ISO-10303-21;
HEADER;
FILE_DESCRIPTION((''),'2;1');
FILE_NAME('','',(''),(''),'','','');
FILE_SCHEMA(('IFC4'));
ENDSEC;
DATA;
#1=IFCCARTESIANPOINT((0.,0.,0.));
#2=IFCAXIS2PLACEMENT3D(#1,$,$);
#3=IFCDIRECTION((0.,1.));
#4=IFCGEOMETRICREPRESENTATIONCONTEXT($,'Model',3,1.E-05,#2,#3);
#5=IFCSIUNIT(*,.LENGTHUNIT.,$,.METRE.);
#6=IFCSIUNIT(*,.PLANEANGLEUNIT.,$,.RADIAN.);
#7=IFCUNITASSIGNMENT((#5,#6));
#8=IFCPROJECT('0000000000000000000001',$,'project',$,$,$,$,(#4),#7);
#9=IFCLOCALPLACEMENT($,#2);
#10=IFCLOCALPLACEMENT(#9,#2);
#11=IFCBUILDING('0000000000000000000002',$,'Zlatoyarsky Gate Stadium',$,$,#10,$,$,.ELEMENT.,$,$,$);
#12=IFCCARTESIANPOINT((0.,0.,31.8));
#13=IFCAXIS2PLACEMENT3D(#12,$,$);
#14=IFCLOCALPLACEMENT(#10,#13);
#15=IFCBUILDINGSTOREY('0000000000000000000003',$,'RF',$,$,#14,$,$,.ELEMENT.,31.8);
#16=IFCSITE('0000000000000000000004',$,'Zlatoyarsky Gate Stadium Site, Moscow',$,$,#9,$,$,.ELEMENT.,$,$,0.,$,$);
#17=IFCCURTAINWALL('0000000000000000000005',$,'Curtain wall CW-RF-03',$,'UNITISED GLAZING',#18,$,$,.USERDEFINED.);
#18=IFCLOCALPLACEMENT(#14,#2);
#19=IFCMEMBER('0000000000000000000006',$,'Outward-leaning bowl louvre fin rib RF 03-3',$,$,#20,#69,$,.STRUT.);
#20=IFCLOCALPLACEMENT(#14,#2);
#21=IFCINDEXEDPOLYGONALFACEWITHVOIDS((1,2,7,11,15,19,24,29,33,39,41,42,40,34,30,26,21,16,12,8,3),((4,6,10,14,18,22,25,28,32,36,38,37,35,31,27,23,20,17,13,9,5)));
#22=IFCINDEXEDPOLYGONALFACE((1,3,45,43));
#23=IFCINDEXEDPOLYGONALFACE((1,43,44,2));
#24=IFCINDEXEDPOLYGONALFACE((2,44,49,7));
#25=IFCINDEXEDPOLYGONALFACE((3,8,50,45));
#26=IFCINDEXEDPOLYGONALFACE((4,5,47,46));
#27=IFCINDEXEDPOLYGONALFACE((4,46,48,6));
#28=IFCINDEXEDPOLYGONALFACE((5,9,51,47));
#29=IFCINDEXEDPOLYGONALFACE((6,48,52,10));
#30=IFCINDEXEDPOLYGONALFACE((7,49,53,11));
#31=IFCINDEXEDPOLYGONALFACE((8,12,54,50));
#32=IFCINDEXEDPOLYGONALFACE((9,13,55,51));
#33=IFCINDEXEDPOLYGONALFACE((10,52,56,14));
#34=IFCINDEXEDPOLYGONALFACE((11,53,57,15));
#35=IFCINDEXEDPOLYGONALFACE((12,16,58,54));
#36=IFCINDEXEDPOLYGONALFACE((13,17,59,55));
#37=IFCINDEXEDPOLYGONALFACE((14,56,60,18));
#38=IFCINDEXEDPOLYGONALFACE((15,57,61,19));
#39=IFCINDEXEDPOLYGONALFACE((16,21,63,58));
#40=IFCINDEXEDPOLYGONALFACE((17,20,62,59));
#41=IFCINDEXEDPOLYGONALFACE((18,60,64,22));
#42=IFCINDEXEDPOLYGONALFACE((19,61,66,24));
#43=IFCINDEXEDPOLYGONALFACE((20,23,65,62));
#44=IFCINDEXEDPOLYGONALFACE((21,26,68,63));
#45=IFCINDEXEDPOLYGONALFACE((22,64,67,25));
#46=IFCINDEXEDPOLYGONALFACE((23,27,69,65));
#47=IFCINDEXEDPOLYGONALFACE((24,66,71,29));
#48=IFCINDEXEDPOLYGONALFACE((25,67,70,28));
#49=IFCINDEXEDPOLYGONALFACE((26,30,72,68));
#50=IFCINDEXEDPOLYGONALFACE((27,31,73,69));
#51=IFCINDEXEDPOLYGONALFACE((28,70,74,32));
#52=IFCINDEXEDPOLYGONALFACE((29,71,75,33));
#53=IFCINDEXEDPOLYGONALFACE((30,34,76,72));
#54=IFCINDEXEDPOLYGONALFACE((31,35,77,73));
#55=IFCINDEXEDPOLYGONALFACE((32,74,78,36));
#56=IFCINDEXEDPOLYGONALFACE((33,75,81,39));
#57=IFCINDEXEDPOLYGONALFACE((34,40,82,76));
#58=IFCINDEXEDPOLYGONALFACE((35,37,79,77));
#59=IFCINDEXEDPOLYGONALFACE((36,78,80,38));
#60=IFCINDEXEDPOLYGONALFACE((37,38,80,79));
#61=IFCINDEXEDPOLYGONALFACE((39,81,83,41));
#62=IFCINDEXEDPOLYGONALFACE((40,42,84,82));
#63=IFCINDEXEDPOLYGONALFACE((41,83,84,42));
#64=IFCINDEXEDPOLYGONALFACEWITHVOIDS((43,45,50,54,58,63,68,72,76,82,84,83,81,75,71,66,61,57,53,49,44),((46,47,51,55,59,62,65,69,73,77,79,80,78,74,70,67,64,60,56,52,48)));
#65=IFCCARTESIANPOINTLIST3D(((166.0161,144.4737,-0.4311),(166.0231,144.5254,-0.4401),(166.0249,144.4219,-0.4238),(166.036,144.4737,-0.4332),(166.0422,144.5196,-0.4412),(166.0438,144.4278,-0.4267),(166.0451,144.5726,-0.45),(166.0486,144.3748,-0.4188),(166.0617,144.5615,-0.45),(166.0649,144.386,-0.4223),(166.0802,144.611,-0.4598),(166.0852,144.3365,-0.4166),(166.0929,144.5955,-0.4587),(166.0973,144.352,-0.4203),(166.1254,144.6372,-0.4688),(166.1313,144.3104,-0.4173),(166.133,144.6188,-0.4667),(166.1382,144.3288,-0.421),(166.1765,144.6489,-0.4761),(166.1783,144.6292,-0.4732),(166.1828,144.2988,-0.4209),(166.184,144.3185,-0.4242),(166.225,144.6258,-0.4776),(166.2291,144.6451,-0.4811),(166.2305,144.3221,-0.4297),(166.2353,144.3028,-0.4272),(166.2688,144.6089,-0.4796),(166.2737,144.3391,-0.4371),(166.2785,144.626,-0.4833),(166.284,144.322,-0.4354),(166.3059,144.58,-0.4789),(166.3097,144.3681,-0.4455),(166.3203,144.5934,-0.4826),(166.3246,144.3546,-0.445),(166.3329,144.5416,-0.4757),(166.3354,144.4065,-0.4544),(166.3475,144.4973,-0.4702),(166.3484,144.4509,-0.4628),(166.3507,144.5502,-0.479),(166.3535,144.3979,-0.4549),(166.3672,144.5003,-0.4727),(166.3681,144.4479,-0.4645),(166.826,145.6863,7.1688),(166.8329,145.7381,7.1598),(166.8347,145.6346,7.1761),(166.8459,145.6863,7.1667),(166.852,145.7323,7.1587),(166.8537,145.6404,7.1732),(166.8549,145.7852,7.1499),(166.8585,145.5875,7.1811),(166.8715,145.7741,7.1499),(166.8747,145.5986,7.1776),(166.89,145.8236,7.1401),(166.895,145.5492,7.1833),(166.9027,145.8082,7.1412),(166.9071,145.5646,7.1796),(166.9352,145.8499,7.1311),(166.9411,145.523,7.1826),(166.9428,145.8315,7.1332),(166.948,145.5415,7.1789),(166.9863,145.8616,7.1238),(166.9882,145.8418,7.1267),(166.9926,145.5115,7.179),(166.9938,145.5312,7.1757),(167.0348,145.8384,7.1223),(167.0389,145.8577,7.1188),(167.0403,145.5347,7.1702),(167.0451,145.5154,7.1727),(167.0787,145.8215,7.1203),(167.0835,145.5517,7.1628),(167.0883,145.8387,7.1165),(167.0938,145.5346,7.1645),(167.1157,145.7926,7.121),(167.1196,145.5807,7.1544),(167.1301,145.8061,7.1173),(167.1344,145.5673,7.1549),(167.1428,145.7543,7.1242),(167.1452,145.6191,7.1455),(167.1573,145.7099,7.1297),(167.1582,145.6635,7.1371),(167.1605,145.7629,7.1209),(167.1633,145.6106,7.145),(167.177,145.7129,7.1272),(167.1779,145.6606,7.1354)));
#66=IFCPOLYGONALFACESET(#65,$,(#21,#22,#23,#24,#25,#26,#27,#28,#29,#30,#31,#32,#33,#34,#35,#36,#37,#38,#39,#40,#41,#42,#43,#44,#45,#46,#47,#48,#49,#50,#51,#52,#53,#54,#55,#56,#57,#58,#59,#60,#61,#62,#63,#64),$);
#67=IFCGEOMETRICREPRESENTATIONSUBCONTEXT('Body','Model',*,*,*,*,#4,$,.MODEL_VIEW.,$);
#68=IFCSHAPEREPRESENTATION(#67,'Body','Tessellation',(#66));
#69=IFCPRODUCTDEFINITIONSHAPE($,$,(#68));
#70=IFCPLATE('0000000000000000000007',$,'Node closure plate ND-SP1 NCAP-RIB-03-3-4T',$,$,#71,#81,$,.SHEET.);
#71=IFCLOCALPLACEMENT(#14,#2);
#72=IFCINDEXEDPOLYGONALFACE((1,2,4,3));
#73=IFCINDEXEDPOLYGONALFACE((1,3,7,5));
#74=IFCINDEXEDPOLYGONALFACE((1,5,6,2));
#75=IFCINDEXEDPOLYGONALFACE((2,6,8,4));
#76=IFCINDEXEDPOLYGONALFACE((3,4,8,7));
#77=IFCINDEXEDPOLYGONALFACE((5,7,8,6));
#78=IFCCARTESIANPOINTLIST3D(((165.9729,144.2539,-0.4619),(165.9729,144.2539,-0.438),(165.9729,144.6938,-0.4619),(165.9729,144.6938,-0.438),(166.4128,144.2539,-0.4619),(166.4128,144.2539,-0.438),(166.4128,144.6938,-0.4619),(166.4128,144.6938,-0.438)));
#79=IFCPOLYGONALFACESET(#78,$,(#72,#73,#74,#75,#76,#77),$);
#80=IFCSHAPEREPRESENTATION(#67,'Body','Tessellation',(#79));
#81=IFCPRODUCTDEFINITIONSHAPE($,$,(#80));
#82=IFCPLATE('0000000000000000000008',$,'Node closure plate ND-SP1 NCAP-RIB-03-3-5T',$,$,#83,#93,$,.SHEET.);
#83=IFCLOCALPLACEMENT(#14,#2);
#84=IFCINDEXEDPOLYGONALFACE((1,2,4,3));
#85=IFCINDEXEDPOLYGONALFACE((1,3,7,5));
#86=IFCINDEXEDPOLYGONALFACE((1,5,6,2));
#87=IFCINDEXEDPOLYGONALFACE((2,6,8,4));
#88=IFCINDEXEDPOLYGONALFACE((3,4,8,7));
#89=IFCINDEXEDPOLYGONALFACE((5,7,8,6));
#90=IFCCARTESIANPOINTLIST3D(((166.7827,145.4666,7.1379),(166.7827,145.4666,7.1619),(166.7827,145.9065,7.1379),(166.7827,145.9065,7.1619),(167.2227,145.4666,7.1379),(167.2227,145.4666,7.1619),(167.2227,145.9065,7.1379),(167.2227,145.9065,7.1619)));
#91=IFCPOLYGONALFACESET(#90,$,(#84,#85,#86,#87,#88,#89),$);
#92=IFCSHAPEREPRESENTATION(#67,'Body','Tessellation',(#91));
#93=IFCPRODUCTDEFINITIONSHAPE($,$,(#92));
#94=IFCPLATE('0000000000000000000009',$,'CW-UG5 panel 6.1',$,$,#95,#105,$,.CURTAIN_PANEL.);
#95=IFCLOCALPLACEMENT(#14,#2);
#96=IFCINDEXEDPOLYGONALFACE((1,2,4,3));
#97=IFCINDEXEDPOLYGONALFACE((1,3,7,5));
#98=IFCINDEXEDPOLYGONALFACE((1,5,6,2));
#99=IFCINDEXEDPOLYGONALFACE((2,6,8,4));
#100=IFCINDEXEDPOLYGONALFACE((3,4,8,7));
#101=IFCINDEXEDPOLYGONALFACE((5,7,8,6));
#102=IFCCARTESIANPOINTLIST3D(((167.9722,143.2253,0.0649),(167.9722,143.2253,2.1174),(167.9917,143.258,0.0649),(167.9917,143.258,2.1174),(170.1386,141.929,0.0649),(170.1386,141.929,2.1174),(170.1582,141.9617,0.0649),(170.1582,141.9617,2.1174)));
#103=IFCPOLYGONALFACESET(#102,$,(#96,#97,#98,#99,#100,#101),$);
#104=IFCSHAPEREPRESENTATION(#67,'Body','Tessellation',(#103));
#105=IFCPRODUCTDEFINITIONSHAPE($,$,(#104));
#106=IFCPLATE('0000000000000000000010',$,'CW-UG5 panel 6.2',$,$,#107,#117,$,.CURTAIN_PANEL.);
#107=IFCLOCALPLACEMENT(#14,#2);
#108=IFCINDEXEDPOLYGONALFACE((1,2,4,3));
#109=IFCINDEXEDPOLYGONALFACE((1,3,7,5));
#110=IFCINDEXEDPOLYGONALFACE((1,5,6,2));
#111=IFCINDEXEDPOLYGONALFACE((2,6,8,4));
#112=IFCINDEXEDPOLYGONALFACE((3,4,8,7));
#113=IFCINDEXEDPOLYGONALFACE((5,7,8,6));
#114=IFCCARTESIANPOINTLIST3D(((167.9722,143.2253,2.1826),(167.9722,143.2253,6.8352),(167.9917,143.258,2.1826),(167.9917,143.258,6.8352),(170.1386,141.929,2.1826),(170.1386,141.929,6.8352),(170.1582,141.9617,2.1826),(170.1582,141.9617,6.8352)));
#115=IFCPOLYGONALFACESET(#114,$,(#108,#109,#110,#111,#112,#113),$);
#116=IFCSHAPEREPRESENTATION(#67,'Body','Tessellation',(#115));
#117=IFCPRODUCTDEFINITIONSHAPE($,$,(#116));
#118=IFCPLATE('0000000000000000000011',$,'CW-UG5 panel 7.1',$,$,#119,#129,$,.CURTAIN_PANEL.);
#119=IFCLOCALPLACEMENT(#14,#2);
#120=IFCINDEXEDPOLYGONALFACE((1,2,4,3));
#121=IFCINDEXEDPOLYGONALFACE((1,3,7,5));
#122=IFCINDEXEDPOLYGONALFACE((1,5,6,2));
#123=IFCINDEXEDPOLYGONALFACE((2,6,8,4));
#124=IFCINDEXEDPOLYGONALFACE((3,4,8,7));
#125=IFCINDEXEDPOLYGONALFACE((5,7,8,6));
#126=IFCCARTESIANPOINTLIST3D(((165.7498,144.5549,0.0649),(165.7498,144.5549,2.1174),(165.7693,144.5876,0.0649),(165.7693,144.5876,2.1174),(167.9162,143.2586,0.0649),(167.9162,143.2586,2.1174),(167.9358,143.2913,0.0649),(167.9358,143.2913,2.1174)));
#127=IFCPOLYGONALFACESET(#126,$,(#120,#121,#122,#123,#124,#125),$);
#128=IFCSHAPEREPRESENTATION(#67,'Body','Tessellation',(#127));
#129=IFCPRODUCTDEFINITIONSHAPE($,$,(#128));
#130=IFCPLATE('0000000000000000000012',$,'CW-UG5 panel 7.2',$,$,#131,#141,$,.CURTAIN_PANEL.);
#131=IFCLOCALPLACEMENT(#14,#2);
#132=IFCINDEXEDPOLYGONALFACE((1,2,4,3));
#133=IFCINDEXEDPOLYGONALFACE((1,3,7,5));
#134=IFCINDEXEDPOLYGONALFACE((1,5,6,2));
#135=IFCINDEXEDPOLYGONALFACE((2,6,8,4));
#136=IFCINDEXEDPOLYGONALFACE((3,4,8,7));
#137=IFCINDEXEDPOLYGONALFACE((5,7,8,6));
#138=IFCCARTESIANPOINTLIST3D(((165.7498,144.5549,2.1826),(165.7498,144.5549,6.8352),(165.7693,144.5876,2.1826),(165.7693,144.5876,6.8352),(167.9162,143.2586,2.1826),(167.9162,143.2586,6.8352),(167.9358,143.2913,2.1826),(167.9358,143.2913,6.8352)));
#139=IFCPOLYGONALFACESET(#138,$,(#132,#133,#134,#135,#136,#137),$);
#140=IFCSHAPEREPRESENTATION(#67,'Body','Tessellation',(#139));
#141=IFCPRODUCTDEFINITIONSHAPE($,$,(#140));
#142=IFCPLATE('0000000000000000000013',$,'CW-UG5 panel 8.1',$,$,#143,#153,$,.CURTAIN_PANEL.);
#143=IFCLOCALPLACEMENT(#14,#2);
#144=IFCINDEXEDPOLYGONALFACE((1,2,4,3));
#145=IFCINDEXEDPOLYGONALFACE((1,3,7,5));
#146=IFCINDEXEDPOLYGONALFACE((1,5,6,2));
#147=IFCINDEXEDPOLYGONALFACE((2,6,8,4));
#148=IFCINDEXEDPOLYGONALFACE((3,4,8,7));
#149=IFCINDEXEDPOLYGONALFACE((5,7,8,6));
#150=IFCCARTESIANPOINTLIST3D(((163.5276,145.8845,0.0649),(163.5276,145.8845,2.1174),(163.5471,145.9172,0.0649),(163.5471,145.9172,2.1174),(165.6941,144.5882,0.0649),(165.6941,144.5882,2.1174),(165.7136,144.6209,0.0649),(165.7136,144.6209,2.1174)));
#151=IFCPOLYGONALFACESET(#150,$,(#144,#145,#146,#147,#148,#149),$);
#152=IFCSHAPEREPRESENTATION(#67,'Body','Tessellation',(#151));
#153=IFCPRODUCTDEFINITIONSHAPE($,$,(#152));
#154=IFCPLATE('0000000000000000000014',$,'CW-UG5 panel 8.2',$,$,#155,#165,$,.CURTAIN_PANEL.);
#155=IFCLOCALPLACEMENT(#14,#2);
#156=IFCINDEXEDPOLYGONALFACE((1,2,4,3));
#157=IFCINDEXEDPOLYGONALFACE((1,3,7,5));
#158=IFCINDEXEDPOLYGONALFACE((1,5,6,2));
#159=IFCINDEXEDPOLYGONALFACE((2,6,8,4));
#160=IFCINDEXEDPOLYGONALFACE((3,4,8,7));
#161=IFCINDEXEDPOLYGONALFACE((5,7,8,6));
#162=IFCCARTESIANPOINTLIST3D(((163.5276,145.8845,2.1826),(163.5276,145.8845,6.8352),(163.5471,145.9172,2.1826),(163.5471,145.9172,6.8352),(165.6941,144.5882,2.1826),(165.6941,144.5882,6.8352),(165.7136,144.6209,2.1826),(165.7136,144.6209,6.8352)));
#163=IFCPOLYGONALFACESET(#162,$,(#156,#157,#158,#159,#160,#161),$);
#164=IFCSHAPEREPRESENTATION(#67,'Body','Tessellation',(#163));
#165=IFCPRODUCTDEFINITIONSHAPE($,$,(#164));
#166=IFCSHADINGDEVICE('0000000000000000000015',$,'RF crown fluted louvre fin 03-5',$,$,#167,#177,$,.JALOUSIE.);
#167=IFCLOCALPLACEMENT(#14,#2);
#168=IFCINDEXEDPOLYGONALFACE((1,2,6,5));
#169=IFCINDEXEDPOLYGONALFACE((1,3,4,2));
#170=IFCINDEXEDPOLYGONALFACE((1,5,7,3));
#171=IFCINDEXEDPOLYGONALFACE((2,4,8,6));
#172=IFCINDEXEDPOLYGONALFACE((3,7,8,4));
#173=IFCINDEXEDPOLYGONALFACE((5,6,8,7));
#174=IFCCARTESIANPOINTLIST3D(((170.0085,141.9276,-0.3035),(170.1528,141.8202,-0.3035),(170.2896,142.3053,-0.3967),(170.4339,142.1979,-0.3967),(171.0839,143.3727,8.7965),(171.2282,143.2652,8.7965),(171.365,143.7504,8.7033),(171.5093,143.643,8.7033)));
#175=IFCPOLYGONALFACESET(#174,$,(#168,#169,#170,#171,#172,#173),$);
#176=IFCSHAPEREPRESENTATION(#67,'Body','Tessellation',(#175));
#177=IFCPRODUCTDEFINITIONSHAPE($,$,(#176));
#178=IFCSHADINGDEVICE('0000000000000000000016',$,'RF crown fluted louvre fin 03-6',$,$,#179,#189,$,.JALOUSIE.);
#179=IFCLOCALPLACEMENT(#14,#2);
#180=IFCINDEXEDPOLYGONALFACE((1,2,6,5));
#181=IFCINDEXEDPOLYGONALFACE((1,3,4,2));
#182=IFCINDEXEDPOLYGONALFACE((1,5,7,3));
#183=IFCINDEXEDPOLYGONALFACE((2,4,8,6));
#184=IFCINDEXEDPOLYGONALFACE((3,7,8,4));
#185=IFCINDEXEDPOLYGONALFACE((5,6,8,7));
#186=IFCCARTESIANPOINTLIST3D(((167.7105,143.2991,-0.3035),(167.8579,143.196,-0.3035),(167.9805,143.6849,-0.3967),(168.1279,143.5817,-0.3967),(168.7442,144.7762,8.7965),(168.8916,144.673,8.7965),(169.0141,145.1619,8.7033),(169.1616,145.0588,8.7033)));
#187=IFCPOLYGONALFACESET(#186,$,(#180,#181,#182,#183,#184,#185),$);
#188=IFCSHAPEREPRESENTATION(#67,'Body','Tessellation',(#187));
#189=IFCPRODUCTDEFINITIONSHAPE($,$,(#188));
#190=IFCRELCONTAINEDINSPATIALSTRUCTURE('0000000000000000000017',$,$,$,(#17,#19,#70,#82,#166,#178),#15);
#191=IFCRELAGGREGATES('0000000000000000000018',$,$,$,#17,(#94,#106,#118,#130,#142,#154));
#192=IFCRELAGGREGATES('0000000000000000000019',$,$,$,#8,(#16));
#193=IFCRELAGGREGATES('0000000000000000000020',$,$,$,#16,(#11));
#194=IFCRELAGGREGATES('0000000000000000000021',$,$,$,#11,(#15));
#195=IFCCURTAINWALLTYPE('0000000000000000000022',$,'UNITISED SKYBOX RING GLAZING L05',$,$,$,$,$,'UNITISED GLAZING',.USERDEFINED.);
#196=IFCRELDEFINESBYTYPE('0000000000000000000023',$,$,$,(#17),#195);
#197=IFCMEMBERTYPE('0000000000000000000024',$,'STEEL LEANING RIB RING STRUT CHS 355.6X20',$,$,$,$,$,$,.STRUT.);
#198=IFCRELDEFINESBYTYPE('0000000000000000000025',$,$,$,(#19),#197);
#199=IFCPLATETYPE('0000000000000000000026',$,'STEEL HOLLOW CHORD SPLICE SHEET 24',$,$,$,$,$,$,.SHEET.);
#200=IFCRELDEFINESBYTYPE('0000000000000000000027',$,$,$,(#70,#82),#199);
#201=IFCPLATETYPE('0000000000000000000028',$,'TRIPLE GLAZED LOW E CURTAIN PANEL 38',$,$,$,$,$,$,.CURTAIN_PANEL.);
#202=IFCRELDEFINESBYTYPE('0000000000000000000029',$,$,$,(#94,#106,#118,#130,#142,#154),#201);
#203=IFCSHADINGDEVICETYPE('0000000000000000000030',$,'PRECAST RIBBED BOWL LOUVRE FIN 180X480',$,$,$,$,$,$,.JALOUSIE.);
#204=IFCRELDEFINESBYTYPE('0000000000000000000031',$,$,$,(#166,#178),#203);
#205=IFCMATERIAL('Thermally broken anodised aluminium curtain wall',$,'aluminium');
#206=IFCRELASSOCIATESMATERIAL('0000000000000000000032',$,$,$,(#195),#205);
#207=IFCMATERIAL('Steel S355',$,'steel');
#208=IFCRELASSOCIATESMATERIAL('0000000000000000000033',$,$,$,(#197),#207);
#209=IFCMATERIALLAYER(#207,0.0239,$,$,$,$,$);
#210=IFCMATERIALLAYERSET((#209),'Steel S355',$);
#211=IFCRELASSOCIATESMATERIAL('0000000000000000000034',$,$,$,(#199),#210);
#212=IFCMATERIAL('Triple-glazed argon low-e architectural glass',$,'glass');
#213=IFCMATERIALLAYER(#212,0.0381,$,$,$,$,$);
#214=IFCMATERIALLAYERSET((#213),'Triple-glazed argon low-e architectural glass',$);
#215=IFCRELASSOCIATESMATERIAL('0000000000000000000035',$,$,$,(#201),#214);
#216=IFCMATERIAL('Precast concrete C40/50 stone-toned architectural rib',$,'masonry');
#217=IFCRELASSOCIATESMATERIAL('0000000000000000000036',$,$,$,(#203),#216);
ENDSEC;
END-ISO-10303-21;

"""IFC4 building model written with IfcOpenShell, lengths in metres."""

from ifc_helpers import new_model, si_unit, direction, frame, origin, origin_2d, place, context, subcontext, project, spatial, rectangle, hollow_circle, extrude, material, layer, layer_set, material_profile, profile_set, type_object, element, aggregate, save


model = new_model("IFC4")

# Units and contexts
model_context = context("Model", 3, precision=1e-05, world=origin(), true_north=direction((0.0, 1.0)))
body_context = subcontext(model_context, "Body", "Model", "MODEL_VIEW")
ifc_project = project(units=[si_unit("LENGTHUNIT", "METRE"), si_unit("PLANEANGLEUNIT", "RADIAN")], contexts=[model_context])

# Site, building, storey
site_placement = place(None, origin())
site = spatial("IfcSite", under=ifc_project, at=site_placement, Name="Zlatoyarsky Gate Stadium Site, Moscow", CompositionType="ELEMENT", RefElevation=0.0)
building_placement = place(site_placement, origin())
building = spatial("IfcBuilding", under=site, at=building_placement, Name="Zlatoyarsky Gate Stadium", CompositionType="ELEMENT")
storey_placement = place(building_placement, frame((0.0, 0.0, 31.8)))
storey = spatial("IfcBuildingStorey", under=building, at=storey_placement, Name="RF", CompositionType="ELEMENT", Elevation=31.8)

# Curtain wall
ifc_material_1 = material(Name="Thermally broken anodised aluminium curtain wall", Category="aluminium")
curtain_wall_type = type_object("IfcCurtainWallType", Name="UNITISED SKYBOX RING GLAZING L05", ElementType="UNITISED GLAZING", PredefinedType="USERDEFINED", material=ifc_material_1)
curtain_wall_placement = place(storey_placement, origin())
curtain_wall = element("IfcCurtainWall", 1, at=curtain_wall_placement, inside=storey, type_object=curtain_wall_type, Name="Curtain wall CW-RF-03", ObjectType="UNITISED GLAZING", PredefinedType="USERDEFINED")

# Member
ifc_material_2 = material(Name="Steel S355", Category="steel")
ifc_material_profile_1 = material_profile(ifc_material_2, hollow_circle(Radius=0.1777, WallThickness=0.02, at=origin_2d()), Name="CHS 355.6X20")
ifc_profile_set_1 = profile_set([ifc_material_profile_1], Name="Steel S355")
member_type_1 = type_object("IfcMemberType", Name="STEEL LEANING RIB RING STRUT CHS 355.6X20", PredefinedType="STRUT", material=ifc_profile_set_1)
member_1_placement = place(storey_placement, frame((166.1929, 144.4739, -0.45), z_axis=(0.104648, 0.156703, 0.982086), x_axis=(-0.831612, 0.555357, 0.0)))
element("IfcMember", 2, at=member_1_placement, inside=storey, type_object=member_type_1, Name="Outward-leaning bowl louvre fin rib RF 03-3", PredefinedType="STRUT", context=body_context, shape_type="SweptSolid", body=[
    extrude(hollow_circle(Radius=0.1777, WallThickness=0.02, at=origin_2d()), origin(), (0.0, 0.0, 1.0), 7.7385),
])

# Plates
ifc_layer_1 = layer(ifc_material_2, 0.0239)
ifc_layer_set_1 = layer_set([ifc_layer_1], Name="Steel S355")
plate_type_1 = type_object("IfcPlateType", Name="STEEL HOLLOW CHORD SPLICE SHEET 24", PredefinedType="SHEET", material=ifc_layer_set_1)
for number, where, z_axis, x_axis, name in (
    (3, (166.1929, 144.4739, -0.4619), (0.0, 0.0, 1.0), (1.0, 0.0, 0.0), "Node closure plate ND-SP1 NCAP-RIB-03-3-4T"),
    (4, (167.0027, 145.6865, 7.1379), (0.0, 0.0, 1.0), (1.0, 0.0, 0.0), "Node closure plate ND-SP1 NCAP-RIB-03-3-5T"),
):
    element("IfcPlate", number, at=place(storey_placement, frame(where, z_axis=z_axis, x_axis=x_axis)), inside=storey, type_object=plate_type_1, Name=name, PredefinedType="SHEET", context=body_context, shape_type="SweptSolid", body=[
        extrude(rectangle(XDim=0.4399, YDim=0.4399, at=origin_2d()), origin(), (0.0, 0.0, 1.0), 0.0239),
    ])

# Plates
ifc_material_3 = material(Name="Triple-glazed argon low-e architectural glass", Category="glass")
ifc_layer_2 = layer(ifc_material_3, 0.0381)
ifc_layer_set_2 = layer_set([ifc_layer_2], Name="Triple-glazed argon low-e architectural glass")
plate_type_2 = type_object("IfcPlateType", Name="TRIPLE GLAZED LOW E CURTAIN PANEL 38", PredefinedType="CURTAIN_PANEL", material=ifc_layer_set_2)
plate_1_placement = place(storey_placement, frame((169.0652, 142.5935, 0.0649), z_axis=(0.0, 0.0, 1.0), x_axis=(-0.858128, 0.513436, 0.0)))
plate_1 = element("IfcPlate", 5, at=plate_1_placement, type_object=plate_type_2, Name="CW-UG5 panel 6.1", PredefinedType="CURTAIN_PANEL", context=body_context, shape_type="SweptSolid", body=[
    extrude(rectangle(XDim=2.5247, YDim=0.0381, at=origin_2d()), origin(), (0.0, 0.0, 1.0), 2.0525),
])
plate_2_placement = place(storey_placement, frame((169.0652, 142.5935, 2.1826), z_axis=(0.0, 0.0, 1.0), x_axis=(-0.858128, 0.513436, 0.0)))
plate_2 = element("IfcPlate", 6, at=plate_2_placement, type_object=plate_type_2, Name="CW-UG5 panel 6.2", PredefinedType="CURTAIN_PANEL", context=body_context, shape_type="SweptSolid", body=[
    extrude(rectangle(XDim=2.5247, YDim=0.0381, at=origin_2d()), origin(), (0.0, 0.0, 1.0), 4.6526),
])
plate_3_placement = place(storey_placement, frame((166.8428, 143.9231, 0.0649), z_axis=(0.0, 0.0, 1.0), x_axis=(-0.858128, 0.513436, 0.0)))
plate_3 = element("IfcPlate", 7, at=plate_3_placement, type_object=plate_type_2, Name="CW-UG5 panel 7.1", PredefinedType="CURTAIN_PANEL", context=body_context, shape_type="SweptSolid", body=[
    extrude(rectangle(XDim=2.5247, YDim=0.0381, at=origin_2d()), origin(), (0.0, 0.0, 1.0), 2.0525),
])
plate_4_placement = place(storey_placement, frame((166.8428, 143.9231, 2.1826), z_axis=(0.0, 0.0, 1.0), x_axis=(-0.858128, 0.513436, 0.0)))
plate_4 = element("IfcPlate", 8, at=plate_4_placement, type_object=plate_type_2, Name="CW-UG5 panel 7.2", PredefinedType="CURTAIN_PANEL", context=body_context, shape_type="SweptSolid", body=[
    extrude(rectangle(XDim=2.5247, YDim=0.0381, at=origin_2d()), origin(), (0.0, 0.0, 1.0), 4.6526),
])
plate_5_placement = place(storey_placement, frame((164.6206, 145.2527, 0.0649), z_axis=(0.0, 0.0, 1.0), x_axis=(-0.858128, 0.513436, 0.0)))
plate_5 = element("IfcPlate", 9, at=plate_5_placement, type_object=plate_type_2, Name="CW-UG5 panel 8.1", PredefinedType="CURTAIN_PANEL", context=body_context, shape_type="SweptSolid", body=[
    extrude(rectangle(XDim=2.5247, YDim=0.0381, at=origin_2d()), origin(), (0.0, 0.0, 1.0), 2.0525),
])
plate_6_placement = place(storey_placement, frame((164.6206, 145.2527, 2.1826), z_axis=(0.0, 0.0, 1.0), x_axis=(-0.858128, 0.513436, 0.0)))
plate_6 = element("IfcPlate", 10, at=plate_6_placement, type_object=plate_type_2, Name="CW-UG5 panel 8.2", PredefinedType="CURTAIN_PANEL", context=body_context, shape_type="SweptSolid", body=[
    extrude(rectangle(XDim=2.5247, YDim=0.0381, at=origin_2d()), origin(), (0.0, 0.0, 1.0), 4.6526),
])
aggregate(curtain_wall, [plate_1, plate_2, plate_3, plate_4, plate_5, plate_6])

# Shading devices
ifc_material_4 = material(Name="Precast concrete C40/50 stone-toned architectural rib", Category="masonry")
ifc_material_profile_2 = material_profile(ifc_material_4, rectangle(XDim=0.1799, YDim=0.48, at=origin_2d()), Name="RIB 180X480")
ifc_profile_set_2 = profile_set([ifc_material_profile_2], Name="Precast concrete C40/50 stone-toned architectural rib")
shading_device_type = type_object("IfcShadingDeviceType", Name="PRECAST RIBBED BOWL LOUVRE FIN 180X480", PredefinedType="JALOUSIE", material=ifc_profile_set_2)
shading_device_1_placement = place(storey_placement, frame((170.2212, 142.0627, -0.3501), z_axis=(0.115929, 0.155775, 0.980966), x_axis=(-0.802223, 0.597025, 0.0)))
element("IfcShadingDevice", 11, at=shading_device_1_placement, inside=storey, type_object=shading_device_type, Name="RF crown fluted louvre fin 03-5", PredefinedType="JALOUSIE", context=body_context, shape_type="SweptSolid", body=[
    extrude(rectangle(XDim=0.1799, YDim=0.48, at=origin_2d()), origin(), (0.0, 0.0, 1.0), 9.2766),
])
shading_device_2_placement = place(storey_placement, frame((167.9192, 143.4404, -0.3501), z_axis=(0.111426, 0.159217, 0.980935), x_axis=(-0.819296, 0.573371, 0.0)))
element("IfcShadingDevice", 12, at=shading_device_2_placement, inside=storey, type_object=shading_device_type, Name="RF crown fluted louvre fin 03-6", PredefinedType="JALOUSIE", context=body_context, shape_type="SweptSolid", body=[
    extrude(rectangle(XDim=0.1799, YDim=0.48, at=origin_2d()), origin(), (0.0, 0.0, 1.0), 9.2769),
])

save(model, "model.ifc")
